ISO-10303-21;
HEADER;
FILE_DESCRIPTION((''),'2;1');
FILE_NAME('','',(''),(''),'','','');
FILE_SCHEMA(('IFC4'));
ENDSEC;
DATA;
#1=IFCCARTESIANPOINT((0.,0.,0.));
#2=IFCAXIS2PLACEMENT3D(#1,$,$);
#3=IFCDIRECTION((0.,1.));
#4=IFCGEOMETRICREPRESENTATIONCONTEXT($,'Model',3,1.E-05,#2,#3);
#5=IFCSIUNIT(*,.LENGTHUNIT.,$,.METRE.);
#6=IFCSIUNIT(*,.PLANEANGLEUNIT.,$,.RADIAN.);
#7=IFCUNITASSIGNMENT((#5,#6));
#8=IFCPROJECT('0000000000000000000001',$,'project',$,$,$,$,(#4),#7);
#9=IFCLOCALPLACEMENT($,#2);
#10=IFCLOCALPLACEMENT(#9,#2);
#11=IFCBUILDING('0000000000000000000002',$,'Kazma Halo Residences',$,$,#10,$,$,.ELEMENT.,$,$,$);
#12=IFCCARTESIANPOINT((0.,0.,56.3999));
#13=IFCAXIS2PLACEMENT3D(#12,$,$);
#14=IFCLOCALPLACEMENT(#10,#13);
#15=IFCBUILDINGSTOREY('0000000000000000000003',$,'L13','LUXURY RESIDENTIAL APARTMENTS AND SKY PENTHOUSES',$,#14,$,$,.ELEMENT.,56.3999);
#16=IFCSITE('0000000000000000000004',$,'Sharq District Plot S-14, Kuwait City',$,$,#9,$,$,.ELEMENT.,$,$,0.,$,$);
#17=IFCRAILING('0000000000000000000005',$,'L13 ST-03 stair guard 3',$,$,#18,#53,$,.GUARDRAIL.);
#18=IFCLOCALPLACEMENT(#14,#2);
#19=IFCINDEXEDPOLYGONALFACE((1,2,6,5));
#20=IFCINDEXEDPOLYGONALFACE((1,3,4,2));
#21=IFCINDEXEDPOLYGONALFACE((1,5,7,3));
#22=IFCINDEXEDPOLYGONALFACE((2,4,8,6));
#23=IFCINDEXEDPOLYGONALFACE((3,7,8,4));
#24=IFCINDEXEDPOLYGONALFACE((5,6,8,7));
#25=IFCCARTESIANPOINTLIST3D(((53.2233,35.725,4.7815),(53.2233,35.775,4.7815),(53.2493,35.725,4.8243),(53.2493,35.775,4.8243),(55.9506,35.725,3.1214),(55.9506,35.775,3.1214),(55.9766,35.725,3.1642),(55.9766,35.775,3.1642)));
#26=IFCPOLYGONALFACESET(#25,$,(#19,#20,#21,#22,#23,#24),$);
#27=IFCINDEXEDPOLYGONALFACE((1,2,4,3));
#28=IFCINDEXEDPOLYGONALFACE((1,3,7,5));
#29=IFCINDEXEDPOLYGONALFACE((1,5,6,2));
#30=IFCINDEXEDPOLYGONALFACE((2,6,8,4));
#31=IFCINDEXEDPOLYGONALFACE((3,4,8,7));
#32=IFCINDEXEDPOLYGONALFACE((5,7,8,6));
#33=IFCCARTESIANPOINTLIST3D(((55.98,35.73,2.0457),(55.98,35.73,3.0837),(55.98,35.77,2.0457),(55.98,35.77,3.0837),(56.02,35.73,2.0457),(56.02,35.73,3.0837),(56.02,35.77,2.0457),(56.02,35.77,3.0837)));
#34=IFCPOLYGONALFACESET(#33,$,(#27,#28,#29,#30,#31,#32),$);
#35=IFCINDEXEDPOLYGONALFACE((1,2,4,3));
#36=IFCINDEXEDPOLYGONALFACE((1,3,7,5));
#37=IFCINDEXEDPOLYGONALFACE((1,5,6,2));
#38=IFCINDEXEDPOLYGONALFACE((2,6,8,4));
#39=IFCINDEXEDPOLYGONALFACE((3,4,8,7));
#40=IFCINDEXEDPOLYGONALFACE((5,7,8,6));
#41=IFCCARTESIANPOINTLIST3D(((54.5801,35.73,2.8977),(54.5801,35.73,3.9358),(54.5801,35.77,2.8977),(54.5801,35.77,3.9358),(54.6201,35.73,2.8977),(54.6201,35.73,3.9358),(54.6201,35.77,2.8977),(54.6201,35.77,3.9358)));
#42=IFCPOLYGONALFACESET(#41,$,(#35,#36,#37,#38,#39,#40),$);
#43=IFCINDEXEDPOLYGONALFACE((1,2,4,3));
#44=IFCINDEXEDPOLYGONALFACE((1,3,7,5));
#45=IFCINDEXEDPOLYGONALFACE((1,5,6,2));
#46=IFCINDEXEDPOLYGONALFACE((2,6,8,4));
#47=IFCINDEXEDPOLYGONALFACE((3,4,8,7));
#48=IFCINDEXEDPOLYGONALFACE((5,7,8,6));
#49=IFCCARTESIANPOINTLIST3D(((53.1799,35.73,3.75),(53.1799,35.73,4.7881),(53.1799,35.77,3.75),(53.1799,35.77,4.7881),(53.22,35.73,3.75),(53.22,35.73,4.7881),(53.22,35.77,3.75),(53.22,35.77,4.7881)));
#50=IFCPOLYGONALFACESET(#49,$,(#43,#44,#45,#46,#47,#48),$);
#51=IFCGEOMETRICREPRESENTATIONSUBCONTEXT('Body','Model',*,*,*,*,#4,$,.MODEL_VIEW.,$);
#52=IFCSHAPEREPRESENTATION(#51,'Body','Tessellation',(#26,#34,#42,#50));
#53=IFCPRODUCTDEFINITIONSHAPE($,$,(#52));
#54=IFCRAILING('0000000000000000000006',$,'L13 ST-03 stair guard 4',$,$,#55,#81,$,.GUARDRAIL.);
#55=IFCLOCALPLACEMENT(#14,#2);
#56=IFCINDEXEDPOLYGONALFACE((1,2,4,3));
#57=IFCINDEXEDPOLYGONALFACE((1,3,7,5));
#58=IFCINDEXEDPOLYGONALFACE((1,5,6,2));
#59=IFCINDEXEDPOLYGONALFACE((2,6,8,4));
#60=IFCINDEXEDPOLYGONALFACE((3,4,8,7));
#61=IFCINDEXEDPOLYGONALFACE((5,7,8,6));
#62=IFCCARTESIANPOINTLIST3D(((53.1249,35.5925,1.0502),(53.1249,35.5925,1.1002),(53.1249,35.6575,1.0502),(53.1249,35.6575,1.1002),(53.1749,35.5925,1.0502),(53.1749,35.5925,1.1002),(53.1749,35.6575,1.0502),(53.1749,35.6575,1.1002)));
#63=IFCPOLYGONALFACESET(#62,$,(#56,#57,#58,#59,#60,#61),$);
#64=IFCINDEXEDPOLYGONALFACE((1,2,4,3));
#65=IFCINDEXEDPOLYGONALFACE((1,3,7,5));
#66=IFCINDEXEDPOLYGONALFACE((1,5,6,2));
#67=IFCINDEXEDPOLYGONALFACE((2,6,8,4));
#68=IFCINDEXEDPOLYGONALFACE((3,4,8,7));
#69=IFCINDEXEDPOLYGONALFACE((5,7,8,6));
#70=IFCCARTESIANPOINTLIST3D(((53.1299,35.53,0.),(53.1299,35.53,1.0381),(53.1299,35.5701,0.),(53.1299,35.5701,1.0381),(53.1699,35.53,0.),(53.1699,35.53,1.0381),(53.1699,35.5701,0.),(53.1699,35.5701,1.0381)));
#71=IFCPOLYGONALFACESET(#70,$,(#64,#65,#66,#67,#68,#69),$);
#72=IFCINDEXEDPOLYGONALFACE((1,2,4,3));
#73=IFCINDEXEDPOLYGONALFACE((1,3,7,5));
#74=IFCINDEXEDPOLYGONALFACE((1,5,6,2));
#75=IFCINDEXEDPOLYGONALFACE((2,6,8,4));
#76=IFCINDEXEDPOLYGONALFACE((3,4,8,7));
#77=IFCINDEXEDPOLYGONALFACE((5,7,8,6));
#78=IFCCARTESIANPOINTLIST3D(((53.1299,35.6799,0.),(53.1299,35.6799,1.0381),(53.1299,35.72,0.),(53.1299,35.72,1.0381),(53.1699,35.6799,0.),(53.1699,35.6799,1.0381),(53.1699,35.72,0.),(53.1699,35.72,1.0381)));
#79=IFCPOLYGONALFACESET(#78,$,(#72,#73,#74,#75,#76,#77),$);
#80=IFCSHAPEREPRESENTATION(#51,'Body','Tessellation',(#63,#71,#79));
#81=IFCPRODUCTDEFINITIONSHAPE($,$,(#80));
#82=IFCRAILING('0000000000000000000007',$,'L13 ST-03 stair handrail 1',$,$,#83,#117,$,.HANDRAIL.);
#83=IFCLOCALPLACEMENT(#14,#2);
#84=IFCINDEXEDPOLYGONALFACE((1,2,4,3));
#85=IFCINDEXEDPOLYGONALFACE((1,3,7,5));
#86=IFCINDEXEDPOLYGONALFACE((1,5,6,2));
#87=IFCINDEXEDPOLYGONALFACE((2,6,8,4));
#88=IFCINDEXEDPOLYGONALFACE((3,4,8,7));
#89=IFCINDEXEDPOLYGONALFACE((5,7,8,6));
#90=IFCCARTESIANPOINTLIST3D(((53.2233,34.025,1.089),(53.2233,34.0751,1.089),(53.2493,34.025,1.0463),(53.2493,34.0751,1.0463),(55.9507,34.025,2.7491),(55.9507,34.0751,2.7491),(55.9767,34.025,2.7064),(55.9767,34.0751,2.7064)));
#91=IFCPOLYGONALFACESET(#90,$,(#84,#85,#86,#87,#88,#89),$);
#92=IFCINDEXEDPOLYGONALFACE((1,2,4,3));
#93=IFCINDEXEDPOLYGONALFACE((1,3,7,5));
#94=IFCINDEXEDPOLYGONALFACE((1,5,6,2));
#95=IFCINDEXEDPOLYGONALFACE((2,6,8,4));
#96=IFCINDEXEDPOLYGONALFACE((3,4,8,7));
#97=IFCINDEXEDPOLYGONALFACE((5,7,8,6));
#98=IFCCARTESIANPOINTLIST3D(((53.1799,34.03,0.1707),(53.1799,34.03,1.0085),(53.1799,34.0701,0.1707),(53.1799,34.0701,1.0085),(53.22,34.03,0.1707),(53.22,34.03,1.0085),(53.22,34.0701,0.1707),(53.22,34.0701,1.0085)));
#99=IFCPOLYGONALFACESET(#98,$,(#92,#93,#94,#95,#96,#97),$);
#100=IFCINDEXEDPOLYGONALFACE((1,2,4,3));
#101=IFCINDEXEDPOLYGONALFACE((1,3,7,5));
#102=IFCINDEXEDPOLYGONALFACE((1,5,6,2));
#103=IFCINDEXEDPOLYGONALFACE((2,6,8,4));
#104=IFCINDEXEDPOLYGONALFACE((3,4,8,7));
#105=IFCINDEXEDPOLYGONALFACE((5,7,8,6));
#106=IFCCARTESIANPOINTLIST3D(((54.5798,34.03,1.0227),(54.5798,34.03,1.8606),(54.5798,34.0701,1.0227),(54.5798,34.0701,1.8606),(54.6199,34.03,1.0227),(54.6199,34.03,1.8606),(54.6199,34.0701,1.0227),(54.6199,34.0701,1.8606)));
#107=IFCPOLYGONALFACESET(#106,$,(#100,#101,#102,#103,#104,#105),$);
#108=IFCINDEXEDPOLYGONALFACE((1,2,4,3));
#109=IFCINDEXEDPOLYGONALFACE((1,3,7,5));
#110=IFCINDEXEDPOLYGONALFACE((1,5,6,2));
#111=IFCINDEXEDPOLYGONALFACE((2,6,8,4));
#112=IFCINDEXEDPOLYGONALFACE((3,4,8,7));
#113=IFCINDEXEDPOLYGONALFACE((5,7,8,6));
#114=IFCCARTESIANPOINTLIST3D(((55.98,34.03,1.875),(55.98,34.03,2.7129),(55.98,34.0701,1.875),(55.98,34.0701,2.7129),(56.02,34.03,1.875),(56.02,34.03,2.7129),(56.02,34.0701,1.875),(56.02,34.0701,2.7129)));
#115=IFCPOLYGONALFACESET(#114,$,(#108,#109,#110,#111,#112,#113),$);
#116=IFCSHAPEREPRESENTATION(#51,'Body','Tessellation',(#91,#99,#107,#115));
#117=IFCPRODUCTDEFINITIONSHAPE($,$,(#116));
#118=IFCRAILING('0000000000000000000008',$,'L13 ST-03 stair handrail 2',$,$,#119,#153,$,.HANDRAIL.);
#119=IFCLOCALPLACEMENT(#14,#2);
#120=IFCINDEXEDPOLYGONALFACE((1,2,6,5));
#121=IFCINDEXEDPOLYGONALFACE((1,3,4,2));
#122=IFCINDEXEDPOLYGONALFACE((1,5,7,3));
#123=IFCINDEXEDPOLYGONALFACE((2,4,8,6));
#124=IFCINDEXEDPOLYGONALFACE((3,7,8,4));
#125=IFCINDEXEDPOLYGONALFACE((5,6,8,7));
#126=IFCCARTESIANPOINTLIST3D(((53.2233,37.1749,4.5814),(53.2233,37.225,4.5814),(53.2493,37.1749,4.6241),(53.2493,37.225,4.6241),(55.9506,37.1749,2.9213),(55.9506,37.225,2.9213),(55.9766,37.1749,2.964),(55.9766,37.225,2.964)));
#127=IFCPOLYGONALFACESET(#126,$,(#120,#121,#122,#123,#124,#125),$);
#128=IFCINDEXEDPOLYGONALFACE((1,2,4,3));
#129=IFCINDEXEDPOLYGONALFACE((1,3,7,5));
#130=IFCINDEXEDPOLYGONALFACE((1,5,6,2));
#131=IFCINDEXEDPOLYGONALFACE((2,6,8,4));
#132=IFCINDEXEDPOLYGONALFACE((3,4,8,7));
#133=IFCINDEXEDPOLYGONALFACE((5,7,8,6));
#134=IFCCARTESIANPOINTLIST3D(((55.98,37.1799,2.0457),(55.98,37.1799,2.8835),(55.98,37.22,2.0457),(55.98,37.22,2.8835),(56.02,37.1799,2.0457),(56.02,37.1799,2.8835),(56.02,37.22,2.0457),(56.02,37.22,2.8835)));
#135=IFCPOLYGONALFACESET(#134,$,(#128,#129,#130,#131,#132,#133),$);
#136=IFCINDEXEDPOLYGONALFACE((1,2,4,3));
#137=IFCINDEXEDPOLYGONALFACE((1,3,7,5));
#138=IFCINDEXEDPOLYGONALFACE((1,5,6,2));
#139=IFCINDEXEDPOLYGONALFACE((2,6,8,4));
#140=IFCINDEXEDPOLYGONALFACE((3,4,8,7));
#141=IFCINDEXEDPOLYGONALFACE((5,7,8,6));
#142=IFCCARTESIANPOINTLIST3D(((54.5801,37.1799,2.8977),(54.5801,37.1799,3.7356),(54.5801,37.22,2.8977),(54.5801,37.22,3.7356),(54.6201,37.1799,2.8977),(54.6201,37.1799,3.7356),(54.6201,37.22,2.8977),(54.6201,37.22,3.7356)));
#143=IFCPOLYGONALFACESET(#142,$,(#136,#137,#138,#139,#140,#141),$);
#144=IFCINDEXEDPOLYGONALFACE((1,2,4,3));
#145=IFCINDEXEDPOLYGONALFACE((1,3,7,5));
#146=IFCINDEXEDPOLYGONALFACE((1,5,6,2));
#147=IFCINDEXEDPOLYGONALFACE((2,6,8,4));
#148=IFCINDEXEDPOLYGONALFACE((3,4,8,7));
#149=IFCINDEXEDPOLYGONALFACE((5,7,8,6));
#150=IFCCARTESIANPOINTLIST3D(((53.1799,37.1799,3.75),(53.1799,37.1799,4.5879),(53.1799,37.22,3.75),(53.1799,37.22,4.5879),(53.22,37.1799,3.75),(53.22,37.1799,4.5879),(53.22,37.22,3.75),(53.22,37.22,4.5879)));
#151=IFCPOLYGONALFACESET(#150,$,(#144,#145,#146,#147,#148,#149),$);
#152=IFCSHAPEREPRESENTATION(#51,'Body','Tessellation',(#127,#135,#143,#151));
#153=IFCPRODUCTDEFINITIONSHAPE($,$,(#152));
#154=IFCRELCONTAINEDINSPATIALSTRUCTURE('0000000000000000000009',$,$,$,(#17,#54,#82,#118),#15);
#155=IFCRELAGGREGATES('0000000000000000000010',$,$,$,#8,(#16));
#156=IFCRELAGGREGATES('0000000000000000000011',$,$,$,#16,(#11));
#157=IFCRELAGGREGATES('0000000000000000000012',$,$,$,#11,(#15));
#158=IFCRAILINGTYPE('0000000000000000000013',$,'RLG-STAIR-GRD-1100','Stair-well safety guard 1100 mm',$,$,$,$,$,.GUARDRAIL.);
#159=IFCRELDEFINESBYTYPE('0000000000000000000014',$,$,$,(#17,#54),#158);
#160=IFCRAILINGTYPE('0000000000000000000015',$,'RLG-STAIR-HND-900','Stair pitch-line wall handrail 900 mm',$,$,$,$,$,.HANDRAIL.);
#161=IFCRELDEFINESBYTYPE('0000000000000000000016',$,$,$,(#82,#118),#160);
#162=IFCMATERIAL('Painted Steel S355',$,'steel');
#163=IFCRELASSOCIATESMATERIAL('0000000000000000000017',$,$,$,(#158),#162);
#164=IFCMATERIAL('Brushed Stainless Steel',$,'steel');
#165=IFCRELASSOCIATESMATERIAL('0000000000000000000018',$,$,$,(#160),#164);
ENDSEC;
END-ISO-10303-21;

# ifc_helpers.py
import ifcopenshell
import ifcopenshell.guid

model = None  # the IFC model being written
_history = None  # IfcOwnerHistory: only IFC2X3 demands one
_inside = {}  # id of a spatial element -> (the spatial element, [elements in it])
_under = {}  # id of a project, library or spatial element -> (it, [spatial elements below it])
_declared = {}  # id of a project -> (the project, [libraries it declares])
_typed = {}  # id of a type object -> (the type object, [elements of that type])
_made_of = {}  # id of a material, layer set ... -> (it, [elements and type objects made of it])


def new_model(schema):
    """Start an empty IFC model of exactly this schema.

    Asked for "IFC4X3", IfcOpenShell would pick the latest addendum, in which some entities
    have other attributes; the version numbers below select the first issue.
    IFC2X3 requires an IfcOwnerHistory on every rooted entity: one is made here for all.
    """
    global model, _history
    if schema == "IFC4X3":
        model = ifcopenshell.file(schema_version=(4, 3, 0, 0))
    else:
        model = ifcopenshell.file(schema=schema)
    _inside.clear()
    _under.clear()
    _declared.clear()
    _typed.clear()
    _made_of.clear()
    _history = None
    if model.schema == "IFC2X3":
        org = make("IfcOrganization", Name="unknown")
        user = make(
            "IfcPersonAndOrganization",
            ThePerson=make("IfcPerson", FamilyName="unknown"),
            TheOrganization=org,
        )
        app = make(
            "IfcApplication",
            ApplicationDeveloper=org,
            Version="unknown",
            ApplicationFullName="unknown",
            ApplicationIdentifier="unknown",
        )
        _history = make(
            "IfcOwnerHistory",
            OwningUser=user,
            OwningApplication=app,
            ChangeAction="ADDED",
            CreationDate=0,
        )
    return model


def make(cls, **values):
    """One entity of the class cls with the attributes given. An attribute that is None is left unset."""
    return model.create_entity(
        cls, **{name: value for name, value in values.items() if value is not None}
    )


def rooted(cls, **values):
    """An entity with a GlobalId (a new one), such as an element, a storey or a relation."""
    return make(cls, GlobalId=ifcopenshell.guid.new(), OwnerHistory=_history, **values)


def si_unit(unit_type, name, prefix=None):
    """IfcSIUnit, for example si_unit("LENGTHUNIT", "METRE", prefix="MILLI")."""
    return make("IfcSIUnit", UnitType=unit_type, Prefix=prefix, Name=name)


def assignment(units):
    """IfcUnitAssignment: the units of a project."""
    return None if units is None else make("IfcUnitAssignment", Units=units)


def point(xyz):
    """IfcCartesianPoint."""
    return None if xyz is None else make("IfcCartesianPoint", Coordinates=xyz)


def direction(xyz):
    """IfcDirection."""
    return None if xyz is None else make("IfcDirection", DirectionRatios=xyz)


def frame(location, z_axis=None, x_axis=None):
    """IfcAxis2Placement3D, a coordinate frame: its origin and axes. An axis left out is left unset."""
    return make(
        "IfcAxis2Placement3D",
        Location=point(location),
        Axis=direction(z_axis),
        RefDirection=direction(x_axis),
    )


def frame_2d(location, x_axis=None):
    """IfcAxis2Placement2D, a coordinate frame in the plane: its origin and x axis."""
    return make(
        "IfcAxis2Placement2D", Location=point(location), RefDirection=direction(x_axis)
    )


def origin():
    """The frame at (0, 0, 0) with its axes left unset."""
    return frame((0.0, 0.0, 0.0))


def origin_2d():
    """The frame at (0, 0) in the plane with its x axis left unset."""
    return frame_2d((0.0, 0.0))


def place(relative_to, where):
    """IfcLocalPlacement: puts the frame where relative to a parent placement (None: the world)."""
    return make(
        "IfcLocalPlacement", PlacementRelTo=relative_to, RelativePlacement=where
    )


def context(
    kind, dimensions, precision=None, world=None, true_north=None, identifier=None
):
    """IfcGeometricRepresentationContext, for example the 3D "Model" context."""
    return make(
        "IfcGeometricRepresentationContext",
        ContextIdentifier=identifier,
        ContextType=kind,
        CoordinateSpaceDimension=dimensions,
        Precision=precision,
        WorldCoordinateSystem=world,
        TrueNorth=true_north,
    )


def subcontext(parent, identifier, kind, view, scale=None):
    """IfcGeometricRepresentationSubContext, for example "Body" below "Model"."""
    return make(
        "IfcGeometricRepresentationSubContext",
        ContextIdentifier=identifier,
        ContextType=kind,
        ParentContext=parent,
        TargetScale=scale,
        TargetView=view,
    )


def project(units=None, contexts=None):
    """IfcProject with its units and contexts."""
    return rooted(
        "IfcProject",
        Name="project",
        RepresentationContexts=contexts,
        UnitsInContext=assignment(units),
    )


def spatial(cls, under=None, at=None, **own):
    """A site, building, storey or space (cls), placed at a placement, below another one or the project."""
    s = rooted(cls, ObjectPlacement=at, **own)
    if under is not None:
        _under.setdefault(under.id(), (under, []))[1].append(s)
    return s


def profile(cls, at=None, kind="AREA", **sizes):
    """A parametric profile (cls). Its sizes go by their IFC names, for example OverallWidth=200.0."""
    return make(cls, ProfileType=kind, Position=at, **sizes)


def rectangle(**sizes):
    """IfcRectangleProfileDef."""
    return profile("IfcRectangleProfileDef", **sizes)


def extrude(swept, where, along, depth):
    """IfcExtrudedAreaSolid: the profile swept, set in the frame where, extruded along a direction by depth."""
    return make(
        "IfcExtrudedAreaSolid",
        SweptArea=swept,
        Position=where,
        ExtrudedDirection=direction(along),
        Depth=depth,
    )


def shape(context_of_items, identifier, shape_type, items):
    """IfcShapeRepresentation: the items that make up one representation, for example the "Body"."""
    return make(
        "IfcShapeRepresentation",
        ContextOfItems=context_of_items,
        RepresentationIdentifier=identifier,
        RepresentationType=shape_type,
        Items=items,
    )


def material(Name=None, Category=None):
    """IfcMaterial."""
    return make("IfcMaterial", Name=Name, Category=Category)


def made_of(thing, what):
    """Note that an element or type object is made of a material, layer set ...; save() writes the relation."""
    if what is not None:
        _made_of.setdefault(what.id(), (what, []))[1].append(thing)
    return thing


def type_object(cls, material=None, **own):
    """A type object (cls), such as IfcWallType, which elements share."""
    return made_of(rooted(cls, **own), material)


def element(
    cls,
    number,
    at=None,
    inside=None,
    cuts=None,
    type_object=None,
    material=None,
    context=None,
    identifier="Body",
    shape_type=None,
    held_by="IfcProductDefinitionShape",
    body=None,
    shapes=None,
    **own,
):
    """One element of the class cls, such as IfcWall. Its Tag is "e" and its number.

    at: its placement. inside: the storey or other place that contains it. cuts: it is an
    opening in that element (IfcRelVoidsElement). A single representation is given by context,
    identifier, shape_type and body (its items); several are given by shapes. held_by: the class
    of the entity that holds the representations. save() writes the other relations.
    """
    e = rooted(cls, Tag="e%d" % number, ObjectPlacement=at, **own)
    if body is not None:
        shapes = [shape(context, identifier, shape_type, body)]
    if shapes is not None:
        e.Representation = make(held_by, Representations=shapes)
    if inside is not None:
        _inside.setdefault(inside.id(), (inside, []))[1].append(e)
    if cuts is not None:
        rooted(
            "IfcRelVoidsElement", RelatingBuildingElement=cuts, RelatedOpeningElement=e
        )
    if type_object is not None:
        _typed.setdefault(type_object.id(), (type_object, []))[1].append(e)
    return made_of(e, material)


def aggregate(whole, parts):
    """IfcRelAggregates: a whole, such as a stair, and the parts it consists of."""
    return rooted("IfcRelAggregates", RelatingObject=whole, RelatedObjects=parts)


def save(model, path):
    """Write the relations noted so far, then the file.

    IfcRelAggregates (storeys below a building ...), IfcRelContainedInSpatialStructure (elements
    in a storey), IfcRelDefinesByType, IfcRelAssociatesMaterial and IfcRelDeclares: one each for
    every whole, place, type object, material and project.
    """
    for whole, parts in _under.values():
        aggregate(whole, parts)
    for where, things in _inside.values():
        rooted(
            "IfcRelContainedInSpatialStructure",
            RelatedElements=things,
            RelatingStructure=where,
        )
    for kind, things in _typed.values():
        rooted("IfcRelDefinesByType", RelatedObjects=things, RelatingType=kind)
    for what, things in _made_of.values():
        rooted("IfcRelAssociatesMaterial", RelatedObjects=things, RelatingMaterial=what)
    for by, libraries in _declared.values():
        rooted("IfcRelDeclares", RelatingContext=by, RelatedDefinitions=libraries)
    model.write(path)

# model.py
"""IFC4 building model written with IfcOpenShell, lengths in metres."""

from ifc_helpers import new_model, si_unit, direction, frame, origin, origin_2d, place, context, subcontext, project, spatial, rectangle, extrude, material, type_object, element, save


model = new_model("IFC4")

# Units and contexts
model_context = context("Model", 3, precision=1e-05, world=origin(), true_north=direction((0.0, 1.0)))
body_context = subcontext(model_context, "Body", "Model", "MODEL_VIEW")
ifc_project = project(units=[si_unit("LENGTHUNIT", "METRE"), si_unit("PLANEANGLEUNIT", "RADIAN")], contexts=[model_context])

# Site, building, storey
site_placement = place(None, origin())
site = spatial("IfcSite", under=ifc_project, at=site_placement, Name="Sharq District Plot S-14, Kuwait City", CompositionType="ELEMENT", RefElevation=0.0)
building_placement = place(site_placement, origin())
building = spatial("IfcBuilding", under=site, at=building_placement, Name="Kazma Halo Residences", CompositionType="ELEMENT")
storey_placement = place(building_placement, frame((0.0, 0.0, 56.3999)))
storey = spatial("IfcBuildingStorey", under=building, at=storey_placement, Name="L13", Description="LUXURY RESIDENTIAL APARTMENTS AND SKY PENTHOUSES", CompositionType="ELEMENT", Elevation=56.3999)

# Railings
ifc_material_1 = material(Name="Painted Steel S355", Category="steel")
railing_type_1 = type_object("IfcRailingType", Name="RLG-STAIR-GRD-1100", Description="Stair-well safety guard 1100 mm", PredefinedType="GUARDRAIL", material=ifc_material_1)
railing_1_placement = place(storey_placement, frame((56.0, 35.75, 2.0457)))
element("IfcRailing", 1, at=railing_1_placement, inside=storey, type_object=railing_type_1, Name="L13 ST-03 stair guard 3", PredefinedType="GUARDRAIL", context=body_context, shape_type="SweptSolid", body=[
    extrude(rectangle(XDim=0.05, YDim=0.05, at=origin_2d()), frame((-0.0364, 0.0, 1.0972), z_axis=(-0.854203, 0.0, 0.51994), x_axis=(0.0, -1.0, 0.0)), (0.0, 0.0, 1.0), 3.1929),
    extrude(rectangle(XDim=0.04, YDim=0.04, at=origin_2d()), origin(), (0.0, 0.0, 1.0), 1.0381),
    extrude(rectangle(XDim=0.04, YDim=0.04, at=origin_2d()), frame((-1.3999, 0.0, 0.8521)), (0.0, 0.0, 1.0), 1.0381),
    extrude(rectangle(XDim=0.04, YDim=0.04, at=origin_2d()), frame((-2.8, 0.0, 1.7043)), (0.0, 0.0, 1.0), 1.0381),
])
railing_2_placement = place(storey_placement, frame((53.1499, 35.55, 0.0)))
element("IfcRailing", 2, at=railing_2_placement, inside=storey, type_object=railing_type_1, Name="L13 ST-03 stair guard 4", PredefinedType="GUARDRAIL", context=body_context, shape_type="SweptSolid", body=[
    extrude(rectangle(XDim=0.05, YDim=0.05, at=origin_2d()), frame((0.0, 0.0425, 1.0752), z_axis=(0.0, 1.0, 0.0), x_axis=(-1.0, 0.0, 0.0)), (0.0, 0.0, 1.0), 0.0649),
    extrude(rectangle(XDim=0.04, YDim=0.04, at=origin_2d()), origin(), (0.0, 0.0, 1.0), 1.0381),
    extrude(rectangle(XDim=0.04, YDim=0.04, at=origin_2d()), frame((0.0, 0.1499, 0.0)), (0.0, 0.0, 1.0), 1.0381),
])
ifc_material_2 = material(Name="Brushed Stainless Steel", Category="steel")
railing_type_2 = type_object("IfcRailingType", Name="RLG-STAIR-HND-900", Description="Stair pitch-line wall handrail 900 mm", PredefinedType="HANDRAIL", material=ifc_material_2)
railing_3_placement = place(storey_placement, frame((53.2, 34.05, 0.1707)))
element("IfcRailing", 3, at=railing_3_placement, inside=storey, type_object=railing_type_2, Name="L13 ST-03 stair handrail 1", PredefinedType="HANDRAIL", context=body_context, shape_type="SweptSolid", body=[
    extrude(rectangle(XDim=0.05, YDim=0.05, at=origin_2d()), frame((0.0364, 0.0, 0.897), z_axis=(0.854203, 0.0, 0.51994), x_axis=(0.0, 1.0, 0.0)), (0.0, 0.0, 1.0), 3.1929),
    extrude(rectangle(XDim=0.04, YDim=0.04, at=origin_2d()), origin(), (0.0, 0.0, 1.0), 0.8379),
    extrude(rectangle(XDim=0.04, YDim=0.04, at=origin_2d()), frame((1.3999, 0.0, 0.8521)), (0.0, 0.0, 1.0), 0.8379),
    extrude(rectangle(XDim=0.04, YDim=0.04, at=origin_2d()), frame((2.8, 0.0, 1.7043)), (0.0, 0.0, 1.0), 0.8379),
])
railing_4_placement = place(storey_placement, frame((56.0, 37.2, 2.0457)))
element("IfcRailing", 4, at=railing_4_placement, inside=storey, type_object=railing_type_2, Name="L13 ST-03 stair handrail 2", PredefinedType="HANDRAIL", context=body_context, shape_type="SweptSolid", body=[
    extrude(rectangle(XDim=0.05, YDim=0.05, at=origin_2d()), frame((-0.0364, 0.0, 0.897), z_axis=(-0.854203, 0.0, 0.51994), x_axis=(0.0, -1.0, 0.0)), (0.0, 0.0, 1.0), 3.1929),
    extrude(rectangle(XDim=0.04, YDim=0.04, at=origin_2d()), origin(), (0.0, 0.0, 1.0), 0.8379),
    extrude(rectangle(XDim=0.04, YDim=0.04, at=origin_2d()), frame((-1.3999, 0.0, 0.8521)), (0.0, 0.0, 1.0), 0.8379),
    extrude(rectangle(XDim=0.04, YDim=0.04, at=origin_2d()), frame((-2.8, 0.0, 1.7043)), (0.0, 0.0, 1.0), 0.8379),
])

save(model, "model.ifc")
